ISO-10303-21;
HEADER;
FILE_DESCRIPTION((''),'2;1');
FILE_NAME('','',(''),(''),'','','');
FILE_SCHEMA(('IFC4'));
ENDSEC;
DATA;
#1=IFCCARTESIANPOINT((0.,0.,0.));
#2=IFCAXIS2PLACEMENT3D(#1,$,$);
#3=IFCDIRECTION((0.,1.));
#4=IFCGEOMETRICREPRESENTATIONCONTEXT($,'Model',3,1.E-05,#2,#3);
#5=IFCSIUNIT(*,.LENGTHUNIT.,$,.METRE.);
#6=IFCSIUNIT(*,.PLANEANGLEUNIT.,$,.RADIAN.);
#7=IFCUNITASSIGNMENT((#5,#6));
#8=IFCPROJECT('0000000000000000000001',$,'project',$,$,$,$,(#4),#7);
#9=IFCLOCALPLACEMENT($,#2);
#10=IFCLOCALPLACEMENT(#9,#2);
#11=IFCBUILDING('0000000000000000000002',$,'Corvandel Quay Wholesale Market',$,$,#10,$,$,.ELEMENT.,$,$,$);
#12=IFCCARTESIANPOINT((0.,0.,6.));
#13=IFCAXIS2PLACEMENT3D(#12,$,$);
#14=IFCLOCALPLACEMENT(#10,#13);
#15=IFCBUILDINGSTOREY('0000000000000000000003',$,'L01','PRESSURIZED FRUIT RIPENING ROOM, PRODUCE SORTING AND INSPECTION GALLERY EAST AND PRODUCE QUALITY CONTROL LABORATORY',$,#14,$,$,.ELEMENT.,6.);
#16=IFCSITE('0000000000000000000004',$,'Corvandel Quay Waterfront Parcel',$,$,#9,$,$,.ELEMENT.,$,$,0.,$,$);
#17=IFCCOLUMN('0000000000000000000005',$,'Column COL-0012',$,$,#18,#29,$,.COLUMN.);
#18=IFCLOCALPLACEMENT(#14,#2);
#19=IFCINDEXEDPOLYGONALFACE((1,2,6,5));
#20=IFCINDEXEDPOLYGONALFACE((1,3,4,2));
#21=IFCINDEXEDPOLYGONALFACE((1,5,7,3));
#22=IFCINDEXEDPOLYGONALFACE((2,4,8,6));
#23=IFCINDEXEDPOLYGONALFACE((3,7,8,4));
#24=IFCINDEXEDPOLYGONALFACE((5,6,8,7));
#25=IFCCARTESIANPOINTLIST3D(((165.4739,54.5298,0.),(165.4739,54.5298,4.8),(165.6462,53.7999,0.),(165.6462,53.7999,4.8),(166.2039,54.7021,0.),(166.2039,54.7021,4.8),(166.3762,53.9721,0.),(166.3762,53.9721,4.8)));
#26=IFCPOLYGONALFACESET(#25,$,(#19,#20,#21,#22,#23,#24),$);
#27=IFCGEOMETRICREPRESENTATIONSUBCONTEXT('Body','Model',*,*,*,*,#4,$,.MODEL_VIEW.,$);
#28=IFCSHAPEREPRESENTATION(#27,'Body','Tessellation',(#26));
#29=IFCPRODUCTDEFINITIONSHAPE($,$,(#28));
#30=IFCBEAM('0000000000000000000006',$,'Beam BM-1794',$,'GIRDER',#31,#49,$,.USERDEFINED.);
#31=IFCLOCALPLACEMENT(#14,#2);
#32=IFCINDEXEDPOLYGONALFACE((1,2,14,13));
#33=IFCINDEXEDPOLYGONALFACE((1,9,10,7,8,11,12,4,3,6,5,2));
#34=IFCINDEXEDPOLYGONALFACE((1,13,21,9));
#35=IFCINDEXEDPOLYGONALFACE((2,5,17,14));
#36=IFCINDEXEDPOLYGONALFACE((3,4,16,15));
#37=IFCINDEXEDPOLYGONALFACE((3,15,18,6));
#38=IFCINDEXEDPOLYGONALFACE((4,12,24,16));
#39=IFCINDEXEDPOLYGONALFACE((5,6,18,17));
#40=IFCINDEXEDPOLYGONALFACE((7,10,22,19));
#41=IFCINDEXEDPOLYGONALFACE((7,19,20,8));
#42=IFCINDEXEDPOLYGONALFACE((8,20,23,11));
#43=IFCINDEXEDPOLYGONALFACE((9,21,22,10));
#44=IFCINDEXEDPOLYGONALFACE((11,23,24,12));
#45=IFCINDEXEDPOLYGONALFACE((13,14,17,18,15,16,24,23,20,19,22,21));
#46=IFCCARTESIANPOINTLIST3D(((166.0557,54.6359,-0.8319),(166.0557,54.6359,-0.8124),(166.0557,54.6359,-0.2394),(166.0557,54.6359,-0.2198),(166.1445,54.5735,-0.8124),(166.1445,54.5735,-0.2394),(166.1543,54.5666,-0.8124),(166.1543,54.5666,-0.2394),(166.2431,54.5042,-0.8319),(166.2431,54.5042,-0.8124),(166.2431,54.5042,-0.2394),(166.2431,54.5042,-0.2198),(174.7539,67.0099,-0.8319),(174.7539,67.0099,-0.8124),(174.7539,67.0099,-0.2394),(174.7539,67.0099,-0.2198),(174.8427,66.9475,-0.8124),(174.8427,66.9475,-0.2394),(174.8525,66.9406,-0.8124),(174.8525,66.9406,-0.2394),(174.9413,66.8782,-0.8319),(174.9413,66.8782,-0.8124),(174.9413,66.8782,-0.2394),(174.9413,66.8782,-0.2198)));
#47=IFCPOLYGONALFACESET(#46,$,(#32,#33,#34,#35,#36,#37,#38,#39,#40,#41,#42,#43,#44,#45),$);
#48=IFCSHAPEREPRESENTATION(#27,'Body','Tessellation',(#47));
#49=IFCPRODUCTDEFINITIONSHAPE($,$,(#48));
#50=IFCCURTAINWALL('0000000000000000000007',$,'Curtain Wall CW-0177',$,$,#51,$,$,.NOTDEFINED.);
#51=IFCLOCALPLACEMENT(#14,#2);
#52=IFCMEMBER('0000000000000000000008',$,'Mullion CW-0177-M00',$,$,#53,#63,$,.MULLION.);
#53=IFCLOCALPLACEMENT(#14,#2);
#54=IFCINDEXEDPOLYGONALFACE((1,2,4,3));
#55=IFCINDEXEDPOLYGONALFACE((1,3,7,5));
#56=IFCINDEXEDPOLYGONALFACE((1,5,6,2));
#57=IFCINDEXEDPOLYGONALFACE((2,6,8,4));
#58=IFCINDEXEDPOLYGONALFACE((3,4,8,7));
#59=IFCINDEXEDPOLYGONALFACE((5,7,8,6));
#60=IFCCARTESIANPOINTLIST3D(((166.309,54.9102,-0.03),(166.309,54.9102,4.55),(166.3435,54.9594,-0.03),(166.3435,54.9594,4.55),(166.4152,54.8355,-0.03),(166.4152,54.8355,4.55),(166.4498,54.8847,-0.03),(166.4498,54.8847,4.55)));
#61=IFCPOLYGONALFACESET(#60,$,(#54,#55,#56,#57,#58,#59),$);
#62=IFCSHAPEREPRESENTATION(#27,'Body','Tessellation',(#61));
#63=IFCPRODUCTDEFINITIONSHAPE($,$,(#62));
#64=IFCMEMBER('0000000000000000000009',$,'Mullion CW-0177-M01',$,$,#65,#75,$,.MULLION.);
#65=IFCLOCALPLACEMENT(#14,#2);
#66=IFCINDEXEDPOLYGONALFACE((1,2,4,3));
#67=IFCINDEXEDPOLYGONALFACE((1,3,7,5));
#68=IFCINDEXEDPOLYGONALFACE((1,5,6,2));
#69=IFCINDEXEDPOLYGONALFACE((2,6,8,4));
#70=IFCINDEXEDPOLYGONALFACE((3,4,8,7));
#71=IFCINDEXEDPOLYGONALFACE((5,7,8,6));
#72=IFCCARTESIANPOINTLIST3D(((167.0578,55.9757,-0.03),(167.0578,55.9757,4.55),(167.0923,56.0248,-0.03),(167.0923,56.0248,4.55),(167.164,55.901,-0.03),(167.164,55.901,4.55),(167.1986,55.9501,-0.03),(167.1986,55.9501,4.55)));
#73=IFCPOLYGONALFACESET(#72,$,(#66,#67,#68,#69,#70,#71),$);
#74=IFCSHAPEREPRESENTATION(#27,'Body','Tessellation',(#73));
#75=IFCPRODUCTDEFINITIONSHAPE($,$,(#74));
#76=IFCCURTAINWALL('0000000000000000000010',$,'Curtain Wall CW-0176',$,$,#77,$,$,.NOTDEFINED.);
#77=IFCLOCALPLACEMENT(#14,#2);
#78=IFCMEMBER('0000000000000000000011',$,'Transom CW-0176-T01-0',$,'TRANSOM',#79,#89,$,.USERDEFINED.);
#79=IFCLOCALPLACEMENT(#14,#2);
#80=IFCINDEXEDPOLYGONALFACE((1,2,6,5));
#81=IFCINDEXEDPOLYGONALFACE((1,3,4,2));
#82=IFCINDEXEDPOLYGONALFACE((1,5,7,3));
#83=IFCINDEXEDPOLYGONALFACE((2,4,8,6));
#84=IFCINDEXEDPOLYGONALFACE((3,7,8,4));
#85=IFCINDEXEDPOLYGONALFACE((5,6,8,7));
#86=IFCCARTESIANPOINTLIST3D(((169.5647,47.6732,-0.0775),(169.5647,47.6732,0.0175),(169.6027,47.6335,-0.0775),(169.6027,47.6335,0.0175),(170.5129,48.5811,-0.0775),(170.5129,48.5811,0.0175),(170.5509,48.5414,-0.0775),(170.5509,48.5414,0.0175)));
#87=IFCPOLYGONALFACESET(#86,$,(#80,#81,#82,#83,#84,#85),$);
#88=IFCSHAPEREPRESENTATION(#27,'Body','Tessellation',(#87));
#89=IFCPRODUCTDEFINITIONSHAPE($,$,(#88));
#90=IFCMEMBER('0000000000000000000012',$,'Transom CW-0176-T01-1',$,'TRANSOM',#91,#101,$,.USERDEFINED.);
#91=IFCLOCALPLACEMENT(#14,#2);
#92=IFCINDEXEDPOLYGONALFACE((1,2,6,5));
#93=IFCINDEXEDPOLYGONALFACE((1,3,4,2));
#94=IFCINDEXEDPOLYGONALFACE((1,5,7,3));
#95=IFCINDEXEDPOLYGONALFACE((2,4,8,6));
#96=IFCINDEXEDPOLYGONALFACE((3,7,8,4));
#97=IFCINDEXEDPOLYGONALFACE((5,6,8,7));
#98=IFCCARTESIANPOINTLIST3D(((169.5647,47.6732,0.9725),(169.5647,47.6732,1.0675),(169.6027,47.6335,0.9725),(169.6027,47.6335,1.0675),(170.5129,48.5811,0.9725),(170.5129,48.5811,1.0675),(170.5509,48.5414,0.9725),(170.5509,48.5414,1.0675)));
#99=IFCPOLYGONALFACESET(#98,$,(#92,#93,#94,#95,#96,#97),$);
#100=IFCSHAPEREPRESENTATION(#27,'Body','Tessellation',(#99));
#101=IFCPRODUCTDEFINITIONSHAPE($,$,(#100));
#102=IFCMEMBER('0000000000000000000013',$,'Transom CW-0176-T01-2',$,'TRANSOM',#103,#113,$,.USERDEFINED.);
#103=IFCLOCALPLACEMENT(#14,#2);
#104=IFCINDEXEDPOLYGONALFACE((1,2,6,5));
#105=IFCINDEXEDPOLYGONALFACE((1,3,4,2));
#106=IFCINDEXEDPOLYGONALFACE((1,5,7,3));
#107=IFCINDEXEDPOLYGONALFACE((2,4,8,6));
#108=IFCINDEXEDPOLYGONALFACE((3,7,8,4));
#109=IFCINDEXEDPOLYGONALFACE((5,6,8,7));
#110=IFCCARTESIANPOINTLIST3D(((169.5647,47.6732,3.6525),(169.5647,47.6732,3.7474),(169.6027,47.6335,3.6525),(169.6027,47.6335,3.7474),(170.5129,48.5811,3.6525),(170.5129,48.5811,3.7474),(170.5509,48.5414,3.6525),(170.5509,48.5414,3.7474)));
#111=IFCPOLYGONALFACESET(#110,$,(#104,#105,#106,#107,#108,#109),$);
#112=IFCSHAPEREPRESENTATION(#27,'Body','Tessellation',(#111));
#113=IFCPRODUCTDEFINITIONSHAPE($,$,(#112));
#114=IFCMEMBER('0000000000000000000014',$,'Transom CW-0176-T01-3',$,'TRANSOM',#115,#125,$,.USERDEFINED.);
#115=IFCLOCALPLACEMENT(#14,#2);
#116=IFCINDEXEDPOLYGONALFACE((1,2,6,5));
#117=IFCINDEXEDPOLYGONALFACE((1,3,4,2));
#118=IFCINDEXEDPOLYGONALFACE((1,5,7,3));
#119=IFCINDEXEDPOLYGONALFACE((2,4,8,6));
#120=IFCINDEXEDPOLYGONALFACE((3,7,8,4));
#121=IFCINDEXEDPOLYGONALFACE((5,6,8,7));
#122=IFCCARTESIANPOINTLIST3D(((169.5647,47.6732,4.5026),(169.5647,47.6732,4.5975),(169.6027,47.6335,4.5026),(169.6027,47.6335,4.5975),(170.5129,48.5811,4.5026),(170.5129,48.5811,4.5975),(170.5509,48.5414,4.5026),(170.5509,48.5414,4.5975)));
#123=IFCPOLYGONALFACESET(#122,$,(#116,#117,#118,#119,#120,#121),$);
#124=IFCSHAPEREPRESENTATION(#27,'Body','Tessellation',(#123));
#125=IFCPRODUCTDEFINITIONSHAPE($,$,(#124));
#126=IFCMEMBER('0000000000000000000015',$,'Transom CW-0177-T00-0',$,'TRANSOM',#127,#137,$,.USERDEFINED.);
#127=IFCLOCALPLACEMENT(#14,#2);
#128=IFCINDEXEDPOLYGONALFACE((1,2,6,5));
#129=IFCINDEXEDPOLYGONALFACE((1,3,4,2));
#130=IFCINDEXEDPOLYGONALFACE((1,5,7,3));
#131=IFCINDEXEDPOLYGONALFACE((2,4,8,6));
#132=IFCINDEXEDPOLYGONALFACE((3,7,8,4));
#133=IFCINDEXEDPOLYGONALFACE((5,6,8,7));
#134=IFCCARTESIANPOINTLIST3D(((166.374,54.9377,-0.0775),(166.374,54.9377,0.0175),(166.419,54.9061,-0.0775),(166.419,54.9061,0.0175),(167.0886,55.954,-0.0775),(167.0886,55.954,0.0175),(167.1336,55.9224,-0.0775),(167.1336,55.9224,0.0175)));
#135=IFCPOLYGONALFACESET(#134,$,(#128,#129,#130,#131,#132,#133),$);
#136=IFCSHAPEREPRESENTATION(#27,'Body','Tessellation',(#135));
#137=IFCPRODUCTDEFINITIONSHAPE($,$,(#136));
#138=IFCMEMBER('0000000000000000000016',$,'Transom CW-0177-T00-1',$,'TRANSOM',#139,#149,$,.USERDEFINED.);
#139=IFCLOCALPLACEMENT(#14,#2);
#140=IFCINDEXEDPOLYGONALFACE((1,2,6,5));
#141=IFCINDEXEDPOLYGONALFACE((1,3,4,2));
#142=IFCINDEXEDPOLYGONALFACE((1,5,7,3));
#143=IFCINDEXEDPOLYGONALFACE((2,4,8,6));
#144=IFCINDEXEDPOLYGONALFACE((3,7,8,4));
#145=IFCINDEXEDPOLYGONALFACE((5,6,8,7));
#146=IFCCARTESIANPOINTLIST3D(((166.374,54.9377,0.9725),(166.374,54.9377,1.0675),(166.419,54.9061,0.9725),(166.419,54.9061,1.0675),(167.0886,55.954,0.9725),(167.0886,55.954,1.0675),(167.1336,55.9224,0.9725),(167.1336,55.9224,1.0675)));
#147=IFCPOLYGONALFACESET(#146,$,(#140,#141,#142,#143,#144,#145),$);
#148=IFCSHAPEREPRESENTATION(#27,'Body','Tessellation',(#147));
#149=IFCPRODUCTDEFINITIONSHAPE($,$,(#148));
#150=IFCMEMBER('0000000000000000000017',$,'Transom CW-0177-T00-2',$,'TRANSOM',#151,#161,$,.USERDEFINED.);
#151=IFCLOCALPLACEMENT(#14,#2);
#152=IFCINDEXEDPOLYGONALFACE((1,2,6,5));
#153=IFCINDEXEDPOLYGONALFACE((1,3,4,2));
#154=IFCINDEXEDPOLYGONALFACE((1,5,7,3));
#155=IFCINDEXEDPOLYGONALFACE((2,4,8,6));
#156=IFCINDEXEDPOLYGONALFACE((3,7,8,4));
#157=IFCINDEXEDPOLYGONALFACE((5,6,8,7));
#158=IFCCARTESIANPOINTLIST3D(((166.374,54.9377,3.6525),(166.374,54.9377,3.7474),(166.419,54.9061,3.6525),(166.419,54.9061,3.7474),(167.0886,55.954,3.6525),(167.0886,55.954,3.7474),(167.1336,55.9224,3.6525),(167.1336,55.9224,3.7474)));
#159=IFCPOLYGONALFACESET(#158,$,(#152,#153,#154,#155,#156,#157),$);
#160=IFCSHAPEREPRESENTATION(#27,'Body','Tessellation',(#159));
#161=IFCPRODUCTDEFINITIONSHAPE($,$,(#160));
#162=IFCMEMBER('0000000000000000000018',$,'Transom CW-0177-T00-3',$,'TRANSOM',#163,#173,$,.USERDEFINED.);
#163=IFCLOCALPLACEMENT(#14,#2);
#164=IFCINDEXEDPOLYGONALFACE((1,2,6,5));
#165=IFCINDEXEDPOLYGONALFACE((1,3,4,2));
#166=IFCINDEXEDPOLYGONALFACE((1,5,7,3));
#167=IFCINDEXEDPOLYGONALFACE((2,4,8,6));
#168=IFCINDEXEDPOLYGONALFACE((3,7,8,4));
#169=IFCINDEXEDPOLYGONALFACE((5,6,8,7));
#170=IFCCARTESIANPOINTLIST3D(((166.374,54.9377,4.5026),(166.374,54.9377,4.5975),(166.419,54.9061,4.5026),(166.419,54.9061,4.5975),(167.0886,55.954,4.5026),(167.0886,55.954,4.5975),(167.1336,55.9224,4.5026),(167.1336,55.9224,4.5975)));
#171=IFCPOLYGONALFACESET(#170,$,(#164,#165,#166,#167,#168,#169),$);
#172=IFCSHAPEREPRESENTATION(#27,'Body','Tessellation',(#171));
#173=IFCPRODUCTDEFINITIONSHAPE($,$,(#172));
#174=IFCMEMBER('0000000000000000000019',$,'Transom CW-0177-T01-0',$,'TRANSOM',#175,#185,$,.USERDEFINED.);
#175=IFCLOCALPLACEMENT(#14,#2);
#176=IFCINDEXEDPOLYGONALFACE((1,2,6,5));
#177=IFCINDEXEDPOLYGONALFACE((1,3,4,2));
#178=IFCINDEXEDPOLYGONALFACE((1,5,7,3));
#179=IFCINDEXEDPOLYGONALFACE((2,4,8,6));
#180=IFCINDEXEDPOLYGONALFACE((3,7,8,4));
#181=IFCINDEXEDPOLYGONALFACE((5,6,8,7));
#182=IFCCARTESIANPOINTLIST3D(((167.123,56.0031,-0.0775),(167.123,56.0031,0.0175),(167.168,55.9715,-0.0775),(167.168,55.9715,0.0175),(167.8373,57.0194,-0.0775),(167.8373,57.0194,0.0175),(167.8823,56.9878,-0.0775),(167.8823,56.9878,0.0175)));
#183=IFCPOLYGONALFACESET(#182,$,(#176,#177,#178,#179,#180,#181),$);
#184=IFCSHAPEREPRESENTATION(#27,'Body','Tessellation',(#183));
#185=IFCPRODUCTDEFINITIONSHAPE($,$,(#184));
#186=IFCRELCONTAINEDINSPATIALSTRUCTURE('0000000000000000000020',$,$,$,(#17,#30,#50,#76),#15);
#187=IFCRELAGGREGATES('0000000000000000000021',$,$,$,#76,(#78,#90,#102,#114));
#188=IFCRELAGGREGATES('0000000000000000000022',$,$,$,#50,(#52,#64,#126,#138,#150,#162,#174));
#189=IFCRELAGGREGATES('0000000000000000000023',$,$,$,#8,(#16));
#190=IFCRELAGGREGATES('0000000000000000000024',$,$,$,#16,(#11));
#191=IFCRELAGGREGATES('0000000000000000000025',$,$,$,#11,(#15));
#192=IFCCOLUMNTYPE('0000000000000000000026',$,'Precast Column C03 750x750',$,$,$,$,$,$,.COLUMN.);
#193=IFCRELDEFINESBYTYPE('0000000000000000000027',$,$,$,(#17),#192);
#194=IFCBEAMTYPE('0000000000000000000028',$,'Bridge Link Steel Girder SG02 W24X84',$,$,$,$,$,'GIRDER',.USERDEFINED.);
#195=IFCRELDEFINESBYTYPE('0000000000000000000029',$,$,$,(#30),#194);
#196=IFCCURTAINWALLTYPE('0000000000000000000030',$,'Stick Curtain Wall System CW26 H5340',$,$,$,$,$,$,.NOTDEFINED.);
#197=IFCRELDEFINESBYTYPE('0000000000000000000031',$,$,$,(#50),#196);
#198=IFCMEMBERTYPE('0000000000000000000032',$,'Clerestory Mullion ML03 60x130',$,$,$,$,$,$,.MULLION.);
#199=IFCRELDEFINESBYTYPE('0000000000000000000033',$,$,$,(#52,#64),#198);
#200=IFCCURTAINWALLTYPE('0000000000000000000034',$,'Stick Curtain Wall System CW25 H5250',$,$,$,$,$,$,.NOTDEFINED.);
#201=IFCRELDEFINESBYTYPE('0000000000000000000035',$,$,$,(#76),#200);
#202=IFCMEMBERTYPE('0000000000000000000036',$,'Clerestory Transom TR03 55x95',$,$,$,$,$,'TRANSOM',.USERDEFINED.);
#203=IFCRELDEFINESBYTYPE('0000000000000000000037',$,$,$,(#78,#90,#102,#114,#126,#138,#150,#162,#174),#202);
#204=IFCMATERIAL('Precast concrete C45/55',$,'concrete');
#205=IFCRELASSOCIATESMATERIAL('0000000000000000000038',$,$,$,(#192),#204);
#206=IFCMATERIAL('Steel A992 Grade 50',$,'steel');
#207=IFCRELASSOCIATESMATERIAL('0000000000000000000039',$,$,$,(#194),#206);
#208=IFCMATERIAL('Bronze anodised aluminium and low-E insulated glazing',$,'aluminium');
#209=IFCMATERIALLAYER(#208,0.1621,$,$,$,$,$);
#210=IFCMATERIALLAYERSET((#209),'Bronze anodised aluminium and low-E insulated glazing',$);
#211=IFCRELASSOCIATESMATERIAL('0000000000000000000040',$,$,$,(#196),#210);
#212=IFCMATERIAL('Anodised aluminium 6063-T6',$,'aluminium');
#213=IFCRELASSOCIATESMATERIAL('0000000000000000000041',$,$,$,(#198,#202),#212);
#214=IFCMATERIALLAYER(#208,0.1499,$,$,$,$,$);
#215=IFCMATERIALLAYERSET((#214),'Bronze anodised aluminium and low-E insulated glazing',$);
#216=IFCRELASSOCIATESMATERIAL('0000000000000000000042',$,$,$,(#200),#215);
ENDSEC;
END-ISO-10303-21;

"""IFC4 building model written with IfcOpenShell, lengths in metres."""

from ifc_helpers import new_model, si_unit, direction, frame, origin, origin_2d, place, context, subcontext, project, spatial, rectangle, i_section, extrude, material, layer, layer_set, material_profile, profile_set, type_object, element, aggregate, save


model = new_model("IFC4")

# Units and contexts
model_context = context("Model", 3, precision=1e-05, world=origin(), true_north=direction((0.0, 1.0)))
body_context = subcontext(model_context, "Body", "Model", "MODEL_VIEW")
ifc_project = project(units=[si_unit("LENGTHUNIT", "METRE"), si_unit("PLANEANGLEUNIT", "RADIAN")], contexts=[model_context])

# Site, building, storey
site_placement = place(None, origin())
site = spatial("IfcSite", under=ifc_project, at=site_placement, Name="Corvandel Quay Waterfront Parcel", CompositionType="ELEMENT", RefElevation=0.0)
building_placement = place(site_placement, origin())
building = spatial("IfcBuilding", under=site, at=building_placement, Name="Corvandel Quay Wholesale Market", CompositionType="ELEMENT")
storey_placement = place(building_placement, frame((0.0, 0.0, 6.0)))
storey = spatial("IfcBuildingStorey", under=building, at=storey_placement, Name="L01", Description="PRESSURIZED FRUIT RIPENING ROOM, PRODUCE SORTING AND INSPECTION GALLERY EAST AND PRODUCE QUALITY CONTROL LABORATORY", CompositionType="ELEMENT", Elevation=6.0)

# Column
ifc_material_1 = material(Name="Precast concrete C45/55", Category="concrete")
ifc_material_profile_1 = material_profile(ifc_material_1, rectangle(XDim=0.75, YDim=0.75, at=origin_2d()), Name="PC-COL-750x750")
ifc_profile_set_1 = profile_set([ifc_material_profile_1], Name="Precast concrete C45/55")
column_type = type_object("IfcColumnType", Name="Precast Column C03 750x750", PredefinedType="COLUMN", material=ifc_profile_set_1)
column_placement = place(storey_placement, frame((165.925, 54.251, 0.0), z_axis=(0.0, 0.0, 1.0), x_axis=(-0.22971, 0.973259, 0.0)))
element("IfcColumn", 1, at=column_placement, inside=storey, type_object=column_type, Name="Column COL-0012", PredefinedType="COLUMN", context=body_context, shape_type="SweptSolid", body=[
    extrude(rectangle(XDim=0.75, YDim=0.75, at=origin_2d()), origin(), (0.0, 0.0, 1.0), 4.8),
])

# Beam
ifc_material_2 = material(Name="Steel A992 Grade 50", Category="steel")
ifc_material_profile_2 = material_profile(ifc_material_2, i_section(OverallWidth=0.229, OverallDepth=0.6121, WebThickness=0.012, FlangeThickness=0.0195, at=origin_2d()), Name="W24X84")
ifc_profile_set_2 = profile_set([ifc_material_profile_2], Name="Steel A992 Grade 50")
beam_type_1 = type_object("IfcBeamType", Name="Bridge Link Steel Girder SG02 W24X84", ElementType="GIRDER", PredefinedType="USERDEFINED", material=ifc_profile_set_2)
beam_1_placement = place(storey_placement, frame((166.1494, 54.5701, -0.5259), z_axis=(0.575078, 0.818099, 0.0), x_axis=(-0.818099, 0.575078, 0.0)))
element("IfcBeam", 2, at=beam_1_placement, inside=storey, type_object=beam_type_1, Name="Beam BM-1794", ObjectType="GIRDER", PredefinedType="USERDEFINED", context=body_context, shape_type="SweptSolid", body=[
    extrude(i_section(OverallWidth=0.229, OverallDepth=0.6121, WebThickness=0.012, FlangeThickness=0.0195, at=origin_2d()), origin(), (0.0, 0.0, 1.0), 15.1252),
])

# Curtain walls, members
ifc_material_3 = material(Name="Bronze anodised aluminium and low-E insulated glazing", Category="aluminium")
ifc_layer_1 = layer(ifc_material_3, 0.1621)
ifc_layer_set_1 = layer_set([ifc_layer_1], Name="Bronze anodised aluminium and low-E insulated glazing")
curtain_wall_type_1 = type_object("IfcCurtainWallType", Name="Stick Curtain Wall System CW26 H5340", PredefinedType="NOTDEFINED", material=ifc_layer_set_1)
curtain_wall_1_placement = place(storey_placement, origin())
curtain_wall_1 = element("IfcCurtainWall", 3, at=curtain_wall_1_placement, inside=storey, type_object=curtain_wall_type_1, Name="Curtain Wall CW-0177", PredefinedType="NOTDEFINED")
ifc_material_4 = material(Name="Anodised aluminium 6063-T6", Category="aluminium")
ifc_material_profile_3 = material_profile(ifc_material_4, rectangle(XDim=0.0601, YDim=0.1299, at=origin_2d()), Name="ALU-MUL-60x130")
ifc_profile_set_3 = profile_set([ifc_material_profile_3], Name="Anodised aluminium 6063-T6")
member_type_1 = type_object("IfcMemberType", Name="Clerestory Mullion ML03 60x130", PredefinedType="MULLION", material=ifc_profile_set_3)
member_1_placement = place(storey_placement, frame((166.3794, 54.8975, -0.03), z_axis=(0.0, 0.0, 1.0), x_axis=(0.575148, 0.818049, 0.0)))
member_1 = element("IfcMember", 4, at=member_1_placement, type_object=member_type_1, Name="Mullion CW-0177-M00", PredefinedType="MULLION", context=body_context, shape_type="SweptSolid", body=[
    extrude(rectangle(XDim=0.0601, YDim=0.1299, at=origin_2d()), origin(), (0.0, 0.0, 1.0), 4.5801),
])
member_2_placement = place(storey_placement, frame((167.1282, 55.9629, -0.03), z_axis=(0.0, 0.0, 1.0), x_axis=(0.575148, 0.818049, 0.0)))
member_2 = element("IfcMember", 5, at=member_2_placement, type_object=member_type_1, Name="Mullion CW-0177-M01", PredefinedType="MULLION", context=body_context, shape_type="SweptSolid", body=[
    extrude(rectangle(XDim=0.0601, YDim=0.1299, at=origin_2d()), origin(), (0.0, 0.0, 1.0), 4.5801),
])
ifc_layer_2 = layer(ifc_material_3, 0.1499)
ifc_layer_set_2 = layer_set([ifc_layer_2], Name="Bronze anodised aluminium and low-E insulated glazing")
curtain_wall_type_2 = type_object("IfcCurtainWallType", Name="Stick Curtain Wall System CW25 H5250", PredefinedType="NOTDEFINED", material=ifc_layer_set_2)
curtain_wall_2_placement = place(storey_placement, origin())
curtain_wall_2 = element("IfcCurtainWall", 6, at=curtain_wall_2_placement, inside=storey, type_object=curtain_wall_type_2, Name="Curtain Wall CW-0176", PredefinedType="NOTDEFINED")
ifc_material_profile_4 = material_profile(ifc_material_4, rectangle(XDim=0.0549, YDim=0.095, at=origin_2d()), Name="ALU-TRN-55x95")
ifc_profile_set_4 = profile_set([ifc_material_profile_4], Name="Anodised aluminium 6063-T6")
member_type_2 = type_object("IfcMemberType", Name="Clerestory Transom TR03 55x95", ElementType="TRANSOM", PredefinedType="USERDEFINED", material=ifc_profile_set_4)
member_3_placement = place(storey_placement, frame((169.5837, 47.6533, -0.03), z_axis=(0.722282, 0.691598, 0.0), x_axis=(-0.691598, 0.722282, 0.0)))
member_3 = element("IfcMember", 7, at=member_3_placement, type_object=member_type_2, Name="Transom CW-0176-T01-0", ObjectType="TRANSOM", PredefinedType="USERDEFINED", context=body_context, shape_type="SweptSolid", body=[
    extrude(rectangle(XDim=0.0549, YDim=0.095, at=origin_2d()), origin(), (0.0, 0.0, 1.0), 1.3127),
])
member_4_placement = place(storey_placement, frame((169.5837, 47.6533, 1.02), z_axis=(0.722282, 0.691598, 0.0), x_axis=(-0.691598, 0.722282, 0.0)))
member_4 = element("IfcMember", 8, at=member_4_placement, type_object=member_type_2, Name="Transom CW-0176-T01-1", ObjectType="TRANSOM", PredefinedType="USERDEFINED", context=body_context, shape_type="SweptSolid", body=[
    extrude(rectangle(XDim=0.0549, YDim=0.095, at=origin_2d()), origin(), (0.0, 0.0, 1.0), 1.3127),
])
member_5_placement = place(storey_placement, frame((169.5837, 47.6533, 3.7), z_axis=(0.722282, 0.691598, 0.0), x_axis=(-0.691598, 0.722282, 0.0)))
member_5 = element("IfcMember", 9, at=member_5_placement, type_object=member_type_2, Name="Transom CW-0176-T01-2", ObjectType="TRANSOM", PredefinedType="USERDEFINED", context=body_context, shape_type="SweptSolid", body=[
    extrude(rectangle(XDim=0.0549, YDim=0.095, at=origin_2d()), origin(), (0.0, 0.0, 1.0), 1.3127),
])
member_6_placement = place(storey_placement, frame((169.5837, 47.6533, 4.55), z_axis=(0.722282, 0.691598, 0.0), x_axis=(-0.691598, 0.722282, 0.0)))
member_6 = element("IfcMember", 10, at=member_6_placement, type_object=member_type_2, Name="Transom CW-0176-T01-3", ObjectType="TRANSOM", PredefinedType="USERDEFINED", context=body_context, shape_type="SweptSolid", body=[
    extrude(rectangle(XDim=0.0549, YDim=0.095, at=origin_2d()), origin(), (0.0, 0.0, 1.0), 1.3127),
])
aggregate(curtain_wall_2, [member_3, member_4, member_5, member_6])

# Members
member_7_placement = place(storey_placement, frame((166.3965, 54.9219, -0.03), z_axis=(0.575162, 0.818039, 0.0), x_axis=(-0.818039, 0.575162, 0.0)))
member_7 = element("IfcMember", 11, at=member_7_placement, type_object=member_type_2, Name="Transom CW-0177-T00-0", ObjectType="TRANSOM", PredefinedType="USERDEFINED", context=body_context, shape_type="SweptSolid", body=[
    extrude(rectangle(XDim=0.0549, YDim=0.095, at=origin_2d()), origin(), (0.0, 0.0, 1.0), 1.2424),
])
member_8_placement = place(storey_placement, frame((166.3965, 54.9219, 1.02), z_axis=(0.575162, 0.818039, 0.0), x_axis=(-0.818039, 0.575162, 0.0)))
member_8 = element("IfcMember", 12, at=member_8_placement, type_object=member_type_2, Name="Transom CW-0177-T00-1", ObjectType="TRANSOM", PredefinedType="USERDEFINED", context=body_context, shape_type="SweptSolid", body=[
    extrude(rectangle(XDim=0.0549, YDim=0.095, at=origin_2d()), origin(), (0.0, 0.0, 1.0), 1.2424),
])
member_9_placement = place(storey_placement, frame((166.3965, 54.9219, 3.7), z_axis=(0.575162, 0.818039, 0.0), x_axis=(-0.818039, 0.575162, 0.0)))
member_9 = element("IfcMember", 13, at=member_9_placement, type_object=member_type_2, Name="Transom CW-0177-T00-2", ObjectType="TRANSOM", PredefinedType="USERDEFINED", context=body_context, shape_type="SweptSolid", body=[
    extrude(rectangle(XDim=0.0549, YDim=0.095, at=origin_2d()), origin(), (0.0, 0.0, 1.0), 1.2424),
])
member_10_placement = place(storey_placement, frame((166.3965, 54.9219, 4.55), z_axis=(0.575162, 0.818039, 0.0), x_axis=(-0.818039, 0.575162, 0.0)))
member_10 = element("IfcMember", 14, at=member_10_placement, type_object=member_type_2, Name="Transom CW-0177-T00-3", ObjectType="TRANSOM", PredefinedType="USERDEFINED", context=body_context, shape_type="SweptSolid", body=[
    extrude(rectangle(XDim=0.0549, YDim=0.095, at=origin_2d()), origin(), (0.0, 0.0, 1.0), 1.2424),
])
member_11_placement = place(storey_placement, frame((167.1455, 55.9873, -0.03), z_axis=(0.575031, 0.818132, 0.0), x_axis=(-0.818132, 0.575031, 0.0)))
member_11 = element("IfcMember", 15, at=member_11_placement, type_object=member_type_2, Name="Transom CW-0177-T01-0", ObjectType="TRANSOM", PredefinedType="USERDEFINED", context=body_context, shape_type="SweptSolid", body=[
    extrude(rectangle(XDim=0.0549, YDim=0.095, at=origin_2d()), origin(), (0.0, 0.0, 1.0), 1.2422),
])

aggregate(curtain_wall_1, [member_1, member_2, member_7, member_8, member_9, member_10, member_11])

save(model, "model.ifc")
